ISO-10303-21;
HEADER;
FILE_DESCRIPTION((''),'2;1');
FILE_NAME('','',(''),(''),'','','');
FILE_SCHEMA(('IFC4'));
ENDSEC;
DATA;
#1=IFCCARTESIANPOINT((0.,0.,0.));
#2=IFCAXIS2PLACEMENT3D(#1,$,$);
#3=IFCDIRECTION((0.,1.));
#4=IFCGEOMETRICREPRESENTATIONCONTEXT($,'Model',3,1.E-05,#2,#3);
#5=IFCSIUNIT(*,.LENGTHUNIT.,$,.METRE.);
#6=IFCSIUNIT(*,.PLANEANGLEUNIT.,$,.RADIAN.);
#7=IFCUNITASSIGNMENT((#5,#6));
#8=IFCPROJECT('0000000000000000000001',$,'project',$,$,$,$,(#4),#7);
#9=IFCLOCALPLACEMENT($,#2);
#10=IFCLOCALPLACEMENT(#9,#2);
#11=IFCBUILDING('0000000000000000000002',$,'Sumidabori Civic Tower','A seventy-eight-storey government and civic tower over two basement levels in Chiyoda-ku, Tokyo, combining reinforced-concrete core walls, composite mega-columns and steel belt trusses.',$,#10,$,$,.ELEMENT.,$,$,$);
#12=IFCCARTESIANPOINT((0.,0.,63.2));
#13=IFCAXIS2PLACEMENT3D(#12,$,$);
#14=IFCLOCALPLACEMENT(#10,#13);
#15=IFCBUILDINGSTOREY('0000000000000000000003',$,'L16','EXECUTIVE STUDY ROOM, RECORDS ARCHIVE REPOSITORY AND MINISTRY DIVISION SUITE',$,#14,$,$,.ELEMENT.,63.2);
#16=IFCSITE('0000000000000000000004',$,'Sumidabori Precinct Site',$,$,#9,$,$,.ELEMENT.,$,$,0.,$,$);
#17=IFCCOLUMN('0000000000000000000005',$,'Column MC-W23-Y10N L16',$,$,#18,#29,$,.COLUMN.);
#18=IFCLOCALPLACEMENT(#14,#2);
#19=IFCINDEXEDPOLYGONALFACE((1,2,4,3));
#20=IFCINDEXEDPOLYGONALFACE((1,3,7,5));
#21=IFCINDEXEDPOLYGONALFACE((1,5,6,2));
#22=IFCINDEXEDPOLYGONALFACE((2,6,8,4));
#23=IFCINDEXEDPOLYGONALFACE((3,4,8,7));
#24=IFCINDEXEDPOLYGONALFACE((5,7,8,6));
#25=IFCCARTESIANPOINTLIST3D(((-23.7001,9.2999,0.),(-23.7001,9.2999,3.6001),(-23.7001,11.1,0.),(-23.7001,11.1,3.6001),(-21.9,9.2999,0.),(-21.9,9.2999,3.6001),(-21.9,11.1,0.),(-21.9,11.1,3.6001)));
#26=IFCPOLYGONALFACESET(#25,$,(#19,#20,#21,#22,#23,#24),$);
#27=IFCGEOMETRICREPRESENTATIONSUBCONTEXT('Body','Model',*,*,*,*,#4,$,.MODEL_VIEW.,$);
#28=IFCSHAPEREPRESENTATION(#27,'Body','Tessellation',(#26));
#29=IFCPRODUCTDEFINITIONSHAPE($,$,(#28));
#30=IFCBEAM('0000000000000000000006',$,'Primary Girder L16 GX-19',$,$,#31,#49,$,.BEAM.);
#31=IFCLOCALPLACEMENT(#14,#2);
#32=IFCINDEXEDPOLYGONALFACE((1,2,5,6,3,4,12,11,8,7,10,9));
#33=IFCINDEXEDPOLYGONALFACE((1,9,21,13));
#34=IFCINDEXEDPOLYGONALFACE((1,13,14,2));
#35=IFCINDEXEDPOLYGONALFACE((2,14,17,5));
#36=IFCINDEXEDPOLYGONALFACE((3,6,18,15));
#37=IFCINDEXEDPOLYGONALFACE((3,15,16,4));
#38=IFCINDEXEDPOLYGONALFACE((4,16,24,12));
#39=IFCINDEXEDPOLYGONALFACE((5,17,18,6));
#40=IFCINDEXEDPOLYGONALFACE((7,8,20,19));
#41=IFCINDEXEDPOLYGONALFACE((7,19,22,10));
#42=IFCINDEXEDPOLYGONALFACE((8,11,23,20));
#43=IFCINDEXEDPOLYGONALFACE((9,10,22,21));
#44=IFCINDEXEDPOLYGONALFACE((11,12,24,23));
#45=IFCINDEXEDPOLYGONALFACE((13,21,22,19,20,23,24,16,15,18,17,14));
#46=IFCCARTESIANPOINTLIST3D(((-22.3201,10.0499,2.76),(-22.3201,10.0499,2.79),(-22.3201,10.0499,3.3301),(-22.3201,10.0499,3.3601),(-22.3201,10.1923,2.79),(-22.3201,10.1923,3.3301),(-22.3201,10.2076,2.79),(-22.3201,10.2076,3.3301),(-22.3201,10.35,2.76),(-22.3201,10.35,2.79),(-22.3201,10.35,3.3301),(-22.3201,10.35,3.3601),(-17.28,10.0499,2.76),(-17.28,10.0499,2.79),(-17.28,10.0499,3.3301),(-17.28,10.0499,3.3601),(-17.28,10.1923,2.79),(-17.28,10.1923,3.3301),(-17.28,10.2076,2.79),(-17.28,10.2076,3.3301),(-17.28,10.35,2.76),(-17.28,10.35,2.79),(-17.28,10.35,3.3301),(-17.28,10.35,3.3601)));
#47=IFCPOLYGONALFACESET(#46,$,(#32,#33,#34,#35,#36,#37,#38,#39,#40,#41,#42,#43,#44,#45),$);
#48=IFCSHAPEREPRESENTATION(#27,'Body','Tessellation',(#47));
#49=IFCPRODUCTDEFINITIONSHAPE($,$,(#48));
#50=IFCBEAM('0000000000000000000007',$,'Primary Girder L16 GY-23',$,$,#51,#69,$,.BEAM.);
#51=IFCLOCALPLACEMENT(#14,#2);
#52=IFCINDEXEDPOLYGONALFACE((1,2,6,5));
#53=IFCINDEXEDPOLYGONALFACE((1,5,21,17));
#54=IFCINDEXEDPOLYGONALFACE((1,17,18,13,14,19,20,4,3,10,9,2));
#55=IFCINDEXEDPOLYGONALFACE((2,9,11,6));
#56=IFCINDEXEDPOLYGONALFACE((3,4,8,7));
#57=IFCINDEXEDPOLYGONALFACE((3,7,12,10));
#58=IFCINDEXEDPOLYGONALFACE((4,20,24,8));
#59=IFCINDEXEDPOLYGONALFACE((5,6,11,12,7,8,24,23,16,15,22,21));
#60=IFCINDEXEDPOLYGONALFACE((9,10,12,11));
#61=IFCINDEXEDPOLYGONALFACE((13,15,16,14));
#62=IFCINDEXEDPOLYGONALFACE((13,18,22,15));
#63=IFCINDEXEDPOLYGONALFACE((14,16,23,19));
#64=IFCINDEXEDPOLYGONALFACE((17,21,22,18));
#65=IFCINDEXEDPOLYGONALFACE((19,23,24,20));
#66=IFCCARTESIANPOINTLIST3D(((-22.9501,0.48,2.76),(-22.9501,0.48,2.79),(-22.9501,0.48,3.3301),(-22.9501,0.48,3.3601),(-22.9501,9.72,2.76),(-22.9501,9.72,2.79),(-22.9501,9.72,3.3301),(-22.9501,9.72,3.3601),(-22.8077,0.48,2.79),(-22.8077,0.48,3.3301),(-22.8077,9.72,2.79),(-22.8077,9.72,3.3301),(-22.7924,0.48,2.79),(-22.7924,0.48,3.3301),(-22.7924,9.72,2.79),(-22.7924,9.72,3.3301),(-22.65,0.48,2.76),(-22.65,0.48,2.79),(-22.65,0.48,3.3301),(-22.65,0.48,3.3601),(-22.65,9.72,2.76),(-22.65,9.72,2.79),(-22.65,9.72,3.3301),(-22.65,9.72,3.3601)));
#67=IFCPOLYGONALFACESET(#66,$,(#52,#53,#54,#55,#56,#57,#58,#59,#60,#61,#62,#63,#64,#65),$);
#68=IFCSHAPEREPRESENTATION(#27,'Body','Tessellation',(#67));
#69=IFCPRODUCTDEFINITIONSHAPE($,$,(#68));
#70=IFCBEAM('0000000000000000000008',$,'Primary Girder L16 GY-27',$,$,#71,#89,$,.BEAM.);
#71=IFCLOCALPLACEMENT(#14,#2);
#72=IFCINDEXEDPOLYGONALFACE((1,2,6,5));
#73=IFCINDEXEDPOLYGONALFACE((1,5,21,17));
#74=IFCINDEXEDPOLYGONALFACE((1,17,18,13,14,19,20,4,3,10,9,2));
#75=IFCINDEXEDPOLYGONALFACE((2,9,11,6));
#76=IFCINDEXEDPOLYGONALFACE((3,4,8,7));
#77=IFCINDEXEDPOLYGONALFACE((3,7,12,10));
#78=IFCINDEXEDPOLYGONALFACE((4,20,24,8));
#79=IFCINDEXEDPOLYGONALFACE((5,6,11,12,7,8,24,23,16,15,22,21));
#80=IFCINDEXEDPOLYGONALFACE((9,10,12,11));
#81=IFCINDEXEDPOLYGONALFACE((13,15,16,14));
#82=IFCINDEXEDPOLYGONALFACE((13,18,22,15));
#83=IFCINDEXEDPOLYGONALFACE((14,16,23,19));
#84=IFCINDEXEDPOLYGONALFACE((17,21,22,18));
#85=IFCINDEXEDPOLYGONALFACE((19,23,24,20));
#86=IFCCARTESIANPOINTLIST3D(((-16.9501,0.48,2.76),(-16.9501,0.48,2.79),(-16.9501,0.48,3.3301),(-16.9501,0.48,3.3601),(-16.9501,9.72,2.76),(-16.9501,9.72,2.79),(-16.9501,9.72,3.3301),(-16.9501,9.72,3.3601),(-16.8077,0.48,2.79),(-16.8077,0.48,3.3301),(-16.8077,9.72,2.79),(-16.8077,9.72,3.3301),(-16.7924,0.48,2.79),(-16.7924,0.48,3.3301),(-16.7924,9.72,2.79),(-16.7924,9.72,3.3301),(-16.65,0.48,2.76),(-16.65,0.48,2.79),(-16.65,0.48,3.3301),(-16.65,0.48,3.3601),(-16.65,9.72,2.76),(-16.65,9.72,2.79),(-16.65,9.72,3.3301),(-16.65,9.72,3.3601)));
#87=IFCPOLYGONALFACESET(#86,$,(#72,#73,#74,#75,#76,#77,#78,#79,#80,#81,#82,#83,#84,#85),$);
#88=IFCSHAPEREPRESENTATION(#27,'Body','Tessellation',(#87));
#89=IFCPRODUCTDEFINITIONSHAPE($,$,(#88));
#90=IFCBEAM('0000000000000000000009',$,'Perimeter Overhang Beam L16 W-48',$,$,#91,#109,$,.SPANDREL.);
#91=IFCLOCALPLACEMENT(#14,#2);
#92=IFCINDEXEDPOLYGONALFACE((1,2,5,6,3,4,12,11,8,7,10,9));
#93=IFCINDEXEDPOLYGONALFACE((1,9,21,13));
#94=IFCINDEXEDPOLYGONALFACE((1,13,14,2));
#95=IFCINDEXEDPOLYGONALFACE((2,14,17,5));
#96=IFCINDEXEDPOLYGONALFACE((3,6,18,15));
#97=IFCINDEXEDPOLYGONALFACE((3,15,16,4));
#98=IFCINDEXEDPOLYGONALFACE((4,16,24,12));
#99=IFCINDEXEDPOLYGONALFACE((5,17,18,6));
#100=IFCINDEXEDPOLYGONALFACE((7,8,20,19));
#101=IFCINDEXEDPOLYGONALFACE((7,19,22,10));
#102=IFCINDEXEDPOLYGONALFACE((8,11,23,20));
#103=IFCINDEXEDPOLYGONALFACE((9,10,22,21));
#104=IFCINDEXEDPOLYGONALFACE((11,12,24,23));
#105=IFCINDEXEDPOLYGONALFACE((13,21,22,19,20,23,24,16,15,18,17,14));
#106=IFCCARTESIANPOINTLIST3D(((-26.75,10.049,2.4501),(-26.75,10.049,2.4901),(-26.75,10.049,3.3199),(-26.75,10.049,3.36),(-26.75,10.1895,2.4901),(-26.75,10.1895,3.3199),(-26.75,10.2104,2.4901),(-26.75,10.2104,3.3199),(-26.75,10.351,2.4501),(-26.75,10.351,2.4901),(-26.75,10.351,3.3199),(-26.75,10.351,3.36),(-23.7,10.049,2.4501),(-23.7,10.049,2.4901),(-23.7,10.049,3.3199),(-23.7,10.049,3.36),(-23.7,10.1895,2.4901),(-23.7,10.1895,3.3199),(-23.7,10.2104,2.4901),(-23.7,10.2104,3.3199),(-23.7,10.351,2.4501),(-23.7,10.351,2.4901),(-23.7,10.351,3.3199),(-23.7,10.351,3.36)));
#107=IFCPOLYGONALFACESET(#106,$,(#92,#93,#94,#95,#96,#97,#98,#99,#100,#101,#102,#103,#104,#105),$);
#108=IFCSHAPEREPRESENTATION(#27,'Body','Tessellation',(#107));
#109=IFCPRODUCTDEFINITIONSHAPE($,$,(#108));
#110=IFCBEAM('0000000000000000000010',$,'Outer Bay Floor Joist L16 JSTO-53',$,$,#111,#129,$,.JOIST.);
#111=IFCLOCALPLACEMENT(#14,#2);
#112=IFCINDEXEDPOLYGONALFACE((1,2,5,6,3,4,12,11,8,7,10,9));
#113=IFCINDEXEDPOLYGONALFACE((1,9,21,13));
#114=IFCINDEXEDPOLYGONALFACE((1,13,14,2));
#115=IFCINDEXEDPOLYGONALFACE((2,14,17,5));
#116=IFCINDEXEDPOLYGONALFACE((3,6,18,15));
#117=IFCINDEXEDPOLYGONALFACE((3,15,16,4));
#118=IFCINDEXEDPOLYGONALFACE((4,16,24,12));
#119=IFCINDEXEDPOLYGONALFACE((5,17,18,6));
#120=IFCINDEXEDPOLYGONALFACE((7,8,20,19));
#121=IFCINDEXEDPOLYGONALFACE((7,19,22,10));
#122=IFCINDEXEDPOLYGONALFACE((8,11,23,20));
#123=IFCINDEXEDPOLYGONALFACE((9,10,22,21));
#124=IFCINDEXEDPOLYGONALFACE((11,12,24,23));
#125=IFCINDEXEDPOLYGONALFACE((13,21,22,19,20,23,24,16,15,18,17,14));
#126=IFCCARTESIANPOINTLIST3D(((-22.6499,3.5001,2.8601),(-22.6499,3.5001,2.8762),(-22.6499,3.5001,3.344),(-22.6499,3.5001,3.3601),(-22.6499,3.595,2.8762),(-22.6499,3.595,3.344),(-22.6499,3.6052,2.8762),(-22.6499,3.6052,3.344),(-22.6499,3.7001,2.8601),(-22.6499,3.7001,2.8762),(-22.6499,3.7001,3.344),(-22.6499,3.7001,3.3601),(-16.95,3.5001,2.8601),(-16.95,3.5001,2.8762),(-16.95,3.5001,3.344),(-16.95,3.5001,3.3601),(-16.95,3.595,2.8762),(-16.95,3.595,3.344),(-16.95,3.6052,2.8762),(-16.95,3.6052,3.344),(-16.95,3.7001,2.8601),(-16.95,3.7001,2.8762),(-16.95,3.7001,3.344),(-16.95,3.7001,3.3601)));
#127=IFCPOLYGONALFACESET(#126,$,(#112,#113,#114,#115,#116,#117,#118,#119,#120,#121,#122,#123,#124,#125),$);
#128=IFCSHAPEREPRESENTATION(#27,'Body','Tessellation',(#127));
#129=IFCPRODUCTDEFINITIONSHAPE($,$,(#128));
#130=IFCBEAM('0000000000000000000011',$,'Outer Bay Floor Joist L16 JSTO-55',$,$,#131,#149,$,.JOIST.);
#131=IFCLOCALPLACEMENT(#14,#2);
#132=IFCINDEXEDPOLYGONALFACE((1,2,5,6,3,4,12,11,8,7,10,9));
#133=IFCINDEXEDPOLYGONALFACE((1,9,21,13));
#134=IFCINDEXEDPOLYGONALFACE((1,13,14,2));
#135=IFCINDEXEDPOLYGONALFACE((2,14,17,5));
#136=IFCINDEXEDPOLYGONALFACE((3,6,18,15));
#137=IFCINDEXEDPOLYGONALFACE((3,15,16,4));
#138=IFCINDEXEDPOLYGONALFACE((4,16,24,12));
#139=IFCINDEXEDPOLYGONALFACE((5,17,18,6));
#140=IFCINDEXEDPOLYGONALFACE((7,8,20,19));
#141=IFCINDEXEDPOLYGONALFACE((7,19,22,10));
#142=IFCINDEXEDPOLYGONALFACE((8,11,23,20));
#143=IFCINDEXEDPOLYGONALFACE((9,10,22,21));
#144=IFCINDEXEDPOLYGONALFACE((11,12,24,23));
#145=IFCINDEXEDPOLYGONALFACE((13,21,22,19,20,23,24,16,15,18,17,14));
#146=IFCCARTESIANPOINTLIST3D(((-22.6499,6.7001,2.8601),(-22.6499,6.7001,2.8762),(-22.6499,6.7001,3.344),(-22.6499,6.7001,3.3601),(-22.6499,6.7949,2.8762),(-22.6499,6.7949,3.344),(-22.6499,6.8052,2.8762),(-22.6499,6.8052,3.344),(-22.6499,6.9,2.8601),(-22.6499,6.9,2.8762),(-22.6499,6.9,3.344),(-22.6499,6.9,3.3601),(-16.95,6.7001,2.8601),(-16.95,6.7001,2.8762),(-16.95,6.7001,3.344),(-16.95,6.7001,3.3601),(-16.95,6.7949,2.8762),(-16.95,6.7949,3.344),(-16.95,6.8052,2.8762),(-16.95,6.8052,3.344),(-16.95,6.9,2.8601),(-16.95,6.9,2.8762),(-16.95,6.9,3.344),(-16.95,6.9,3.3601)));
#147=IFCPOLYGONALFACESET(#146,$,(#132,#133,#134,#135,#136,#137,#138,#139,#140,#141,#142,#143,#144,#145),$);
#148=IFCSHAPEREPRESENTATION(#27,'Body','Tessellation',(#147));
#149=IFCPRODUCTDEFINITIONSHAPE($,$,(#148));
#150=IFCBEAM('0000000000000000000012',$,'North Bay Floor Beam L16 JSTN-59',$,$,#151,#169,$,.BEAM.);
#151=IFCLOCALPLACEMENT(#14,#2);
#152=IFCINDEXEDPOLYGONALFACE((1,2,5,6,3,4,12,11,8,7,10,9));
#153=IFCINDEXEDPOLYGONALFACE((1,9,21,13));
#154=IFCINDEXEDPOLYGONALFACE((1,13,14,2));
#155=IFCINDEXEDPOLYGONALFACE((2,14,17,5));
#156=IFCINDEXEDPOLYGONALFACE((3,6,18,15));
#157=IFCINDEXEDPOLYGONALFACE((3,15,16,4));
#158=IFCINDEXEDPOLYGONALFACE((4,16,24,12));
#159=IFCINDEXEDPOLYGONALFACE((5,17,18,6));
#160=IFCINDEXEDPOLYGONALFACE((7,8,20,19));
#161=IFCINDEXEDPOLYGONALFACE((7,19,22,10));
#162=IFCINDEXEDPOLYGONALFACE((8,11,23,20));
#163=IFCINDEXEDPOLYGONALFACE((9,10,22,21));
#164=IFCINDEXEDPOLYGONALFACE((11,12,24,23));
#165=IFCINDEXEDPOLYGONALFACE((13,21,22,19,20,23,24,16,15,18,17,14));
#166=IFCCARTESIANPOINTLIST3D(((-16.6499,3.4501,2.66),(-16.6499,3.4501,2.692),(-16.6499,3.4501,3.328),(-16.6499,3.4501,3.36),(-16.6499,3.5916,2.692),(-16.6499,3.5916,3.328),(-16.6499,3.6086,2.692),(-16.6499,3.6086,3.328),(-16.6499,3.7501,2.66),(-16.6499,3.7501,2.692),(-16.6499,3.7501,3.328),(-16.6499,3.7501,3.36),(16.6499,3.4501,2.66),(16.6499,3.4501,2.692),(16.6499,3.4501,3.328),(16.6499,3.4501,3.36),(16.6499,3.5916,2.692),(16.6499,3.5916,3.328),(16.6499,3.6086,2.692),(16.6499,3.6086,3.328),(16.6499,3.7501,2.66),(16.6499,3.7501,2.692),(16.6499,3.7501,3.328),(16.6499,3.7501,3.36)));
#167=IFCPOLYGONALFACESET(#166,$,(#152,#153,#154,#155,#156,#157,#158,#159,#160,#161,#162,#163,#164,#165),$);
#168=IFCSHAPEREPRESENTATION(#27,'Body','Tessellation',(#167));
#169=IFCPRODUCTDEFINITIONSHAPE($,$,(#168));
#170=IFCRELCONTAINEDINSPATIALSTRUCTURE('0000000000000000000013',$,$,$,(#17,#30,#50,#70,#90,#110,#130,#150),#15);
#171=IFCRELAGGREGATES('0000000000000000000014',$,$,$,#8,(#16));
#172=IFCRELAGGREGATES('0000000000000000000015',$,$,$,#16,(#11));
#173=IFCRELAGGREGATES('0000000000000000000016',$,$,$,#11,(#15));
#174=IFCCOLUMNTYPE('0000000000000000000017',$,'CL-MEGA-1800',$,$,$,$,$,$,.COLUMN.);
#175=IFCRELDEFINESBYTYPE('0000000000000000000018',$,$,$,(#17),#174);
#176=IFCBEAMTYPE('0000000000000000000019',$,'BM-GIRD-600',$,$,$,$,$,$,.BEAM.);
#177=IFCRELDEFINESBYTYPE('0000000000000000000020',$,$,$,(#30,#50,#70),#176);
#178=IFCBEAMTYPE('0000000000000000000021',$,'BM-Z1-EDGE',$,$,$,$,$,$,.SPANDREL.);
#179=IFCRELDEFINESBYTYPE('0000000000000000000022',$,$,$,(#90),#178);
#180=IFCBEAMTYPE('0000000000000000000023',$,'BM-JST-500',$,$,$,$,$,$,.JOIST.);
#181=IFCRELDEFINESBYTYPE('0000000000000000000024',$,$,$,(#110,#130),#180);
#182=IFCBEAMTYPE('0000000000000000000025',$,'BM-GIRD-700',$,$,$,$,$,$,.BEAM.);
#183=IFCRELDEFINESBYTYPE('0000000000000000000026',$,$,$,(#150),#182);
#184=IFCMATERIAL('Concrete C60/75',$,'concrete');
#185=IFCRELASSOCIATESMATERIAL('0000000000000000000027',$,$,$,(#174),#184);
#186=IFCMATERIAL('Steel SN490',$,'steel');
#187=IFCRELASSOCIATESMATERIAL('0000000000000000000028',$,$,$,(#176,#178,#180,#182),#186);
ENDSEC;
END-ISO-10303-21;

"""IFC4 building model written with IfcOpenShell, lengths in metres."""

from ifc_helpers import new_model, si_unit, direction, frame, origin, origin_2d, place, context, subcontext, project, spatial, rectangle, i_section, extrude, source, transform, mapped, material, material_profile, profile_set, type_object, element, save


model = new_model("IFC4")

# Units and contexts
model_context = context("Model", 3, precision=1e-05, world=origin(), true_north=direction((0.0, 1.0)))
body_context = subcontext(model_context, "Body", "Model", "MODEL_VIEW")
ifc_project = project(units=[si_unit("LENGTHUNIT", "METRE"), si_unit("PLANEANGLEUNIT", "RADIAN")], contexts=[model_context])

# Site, building, storey
site_placement = place(None, origin())
site = spatial("IfcSite", under=ifc_project, at=site_placement, Name="Sumidabori Precinct Site", CompositionType="ELEMENT", RefElevation=0.0)
building_placement = place(site_placement, origin())
building = spatial("IfcBuilding", under=site, at=building_placement, Name="Sumidabori Civic Tower", Description="A seventy-eight-storey government and civic tower over two basement levels in Chiyoda-ku, Tokyo, combining reinforced-concrete core walls, composite mega-columns and steel belt trusses.", CompositionType="ELEMENT")
storey_placement = place(building_placement, frame((0.0, 0.0, 63.2)))
storey = spatial("IfcBuildingStorey", under=building, at=storey_placement, Name="L16", Description="EXECUTIVE STUDY ROOM, RECORDS ARCHIVE REPOSITORY AND MINISTRY DIVISION SUITE", CompositionType="ELEMENT", Elevation=63.2)

# Column
ifc_material_1 = material(Name="Concrete C60/75", Category="concrete")
ifc_material_profile_1 = material_profile(ifc_material_1, rectangle(XDim=1.8, YDim=1.8, at=origin_2d()), Name="RC 1800x1800")
ifc_profile_set_1 = profile_set([ifc_material_profile_1], Name="Concrete C60/75")
column_type = type_object("IfcColumnType", Name="CL-MEGA-1800", PredefinedType="COLUMN", material=ifc_profile_set_1)
shared_shape_1 = source(origin(), body_context, "Body", "SweptSolid", [
    extrude(rectangle(XDim=1.8, YDim=1.8, at=origin_2d()), origin(), (0.0, 0.0, 1.0), 3.6001),
])
column_placement = place(storey_placement, frame((-22.8, 10.2, 0.0), z_axis=(0.0, 0.0, 1.0), x_axis=(1.0, 0.0, 0.0)))
element("IfcColumn", 1, at=column_placement, inside=storey, type_object=column_type, Name="Column MC-W23-Y10N L16", PredefinedType="COLUMN", context=body_context, shape_type="MappedRepresentation", body=[
    mapped(shared_shape_1, transform((0.0, 0.0, 0.0), x_axis=(1.0, 0.0, 0.0), y_axis=(0.0, 1.0, 0.0), z_axis=(0.0, 0.0, 1.0), scale=1.0)),
])

# Beams
ifc_material_2 = material(Name="Steel SN490", Category="steel")
ifc_material_profile_2 = material_profile(ifc_material_2, i_section(OverallWidth=0.3, OverallDepth=0.6001, WebThickness=0.0154, FlangeThickness=0.03, at=origin_2d()), Name="HE 600 B")
ifc_profile_set_2 = profile_set([ifc_material_profile_2], Name="Steel SN490")
beam_type_1 = type_object("IfcBeamType", Name="BM-GIRD-600", PredefinedType="BEAM", material=ifc_profile_set_2)
shared_shape_2 = source(origin(), body_context, "Body", "SweptSolid", [
    extrude(i_section(OverallWidth=0.3, OverallDepth=0.6001, WebThickness=0.0154, FlangeThickness=0.03, at=origin_2d()), origin(), (0.0, 0.0, 1.0), 5.04),
])
beam_1_placement = place(storey_placement, frame((-22.3201, 10.2, 3.0601), z_axis=(1.0, 0.0, 0.0), x_axis=(0.0, 1.0, 0.0)))
element("IfcBeam", 2, at=beam_1_placement, inside=storey, type_object=beam_type_1, Name="Primary Girder L16 GX-19", PredefinedType="BEAM", context=body_context, shape_type="MappedRepresentation", body=[
    mapped(shared_shape_2, transform((0.0, 0.0, 0.0), x_axis=(1.0, 0.0, 0.0), y_axis=(0.0, 1.0, 0.0), z_axis=(0.0, 0.0, 1.0), scale=1.0)),
])
shared_shape_3 = source(origin(), body_context, "Body", "SweptSolid", [
    extrude(i_section(OverallWidth=0.3, OverallDepth=0.6001, WebThickness=0.0154, FlangeThickness=0.03, at=origin_2d()), origin(), (0.0, 0.0, 1.0), 9.24),
])
for number, where, z_axis, x_axis, name in (
    (3, (-22.8, 0.48, 3.0601), (0.0, 1.0, 0.0), (-1.0, 0.0, 0.0), "Primary Girder L16 GY-23"),
    (4, (-16.8, 0.48, 3.0601), (0.0, 1.0, 0.0), (-1.0, 0.0, 0.0), "Primary Girder L16 GY-27"),
):
    element("IfcBeam", number, at=place(storey_placement, frame(where, z_axis=z_axis, x_axis=x_axis)), inside=storey, type_object=beam_type_1, Name=name, PredefinedType="BEAM", context=body_context, shape_type="MappedRepresentation", body=[
        mapped(shared_shape_3, transform((0.0, 0.0, 0.0), x_axis=(1.0, 0.0, 0.0), y_axis=(0.0, 1.0, 0.0), z_axis=(0.0, 0.0, 1.0), scale=1.0)),
    ])
ifc_material_profile_3 = material_profile(ifc_material_2, i_section(OverallWidth=0.302, OverallDepth=0.9099, WebThickness=0.021, FlangeThickness=0.04, at=origin_2d()), Name="HE 900 M")
ifc_profile_set_3 = profile_set([ifc_material_profile_3], Name="Steel SN490")
beam_type_2 = type_object("IfcBeamType", Name="BM-Z1-EDGE", PredefinedType="SPANDREL", material=ifc_profile_set_3)
shared_shape_4 = source(origin(), body_context, "Body", "SweptSolid", [
    extrude(i_section(OverallWidth=0.302, OverallDepth=0.9099, WebThickness=0.021, FlangeThickness=0.04, at=origin_2d()), origin(), (0.0, 0.0, 1.0), 3.05),
])
beam_2_placement = place(storey_placement, frame((-26.75, 10.2, 2.905), z_axis=(1.0, 0.0, 0.0), x_axis=(0.0, 1.0, 0.0)))
element("IfcBeam", 5, at=beam_2_placement, inside=storey, type_object=beam_type_2, Name="Perimeter Overhang Beam L16 W-48", PredefinedType="SPANDREL", context=body_context, shape_type="MappedRepresentation", body=[
    mapped(shared_shape_4, transform((0.0, 0.0, 0.0), x_axis=(1.0, 0.0, 0.0), y_axis=(0.0, 1.0, 0.0), z_axis=(0.0, 0.0, 1.0), scale=1.0)),
])
ifc_material_profile_4 = material_profile(ifc_material_2, i_section(OverallWidth=0.2, OverallDepth=0.5, WebThickness=0.0103, FlangeThickness=0.0161, at=origin_2d()), Name="IPE 500")
ifc_profile_set_4 = profile_set([ifc_material_profile_4], Name="Steel SN490")
beam_type_3 = type_object("IfcBeamType", Name="BM-JST-500", PredefinedType="JOIST", material=ifc_profile_set_4)
shared_shape_5 = source(origin(), body_context, "Body", "SweptSolid", [
    extrude(i_section(OverallWidth=0.2, OverallDepth=0.5, WebThickness=0.0103, FlangeThickness=0.0161, at=origin_2d()), origin(), (0.0, 0.0, 1.0), 5.7),
])
for number, where, z_axis, x_axis, name in (
    (6, (-22.6499, 3.6001, 3.1101), (1.0, 0.0, 0.0), (0.0, 1.0, 0.0), "Outer Bay Floor Joist L16 JSTO-53"),
    (7, (-22.6499, 6.8, 3.1101), (1.0, 0.0, 0.0), (0.0, 1.0, 0.0), "Outer Bay Floor Joist L16 JSTO-55"),
):
    element("IfcBeam", number, at=place(storey_placement, frame(where, z_axis=z_axis, x_axis=x_axis)), inside=storey, type_object=beam_type_3, Name=name, PredefinedType="JOIST", context=body_context, shape_type="MappedRepresentation", body=[
        mapped(shared_shape_5, transform((0.0, 0.0, 0.0), x_axis=(1.0, 0.0, 0.0), y_axis=(0.0, 1.0, 0.0), z_axis=(0.0, 0.0, 1.0), scale=1.0)),
    ])
ifc_material_profile_5 = material_profile(ifc_material_2, i_section(OverallWidth=0.3, OverallDepth=0.7, WebThickness=0.0171, FlangeThickness=0.032, at=origin_2d()), Name="HE 700 B")
ifc_profile_set_5 = profile_set([ifc_material_profile_5], Name="Steel SN490")
beam_type_4 = type_object("IfcBeamType", Name="BM-GIRD-700", PredefinedType="BEAM", material=ifc_profile_set_5)
shared_shape_6 = source(origin(), body_context, "Body", "SweptSolid", [
    extrude(i_section(OverallWidth=0.3, OverallDepth=0.7, WebThickness=0.0171, FlangeThickness=0.032, at=origin_2d()), origin(), (0.0, 0.0, 1.0), 33.2998),
])
for number, where, z_axis, x_axis, name in (
    (8, (-16.6499, 3.6001, 3.01), (1.0, 0.0, 0.0), (0.0, 1.0, 0.0), "North Bay Floor Beam L16 JSTN-59"),
):
    element("IfcBeam", number, at=place(storey_placement, frame(where, z_axis=z_axis, x_axis=x_axis)), inside=storey, type_object=beam_type_4, Name=name, PredefinedType="BEAM", context=body_context, shape_type="MappedRepresentation", body=[
        mapped(shared_shape_6, transform((0.0, 0.0, 0.0), x_axis=(1.0, 0.0, 0.0), y_axis=(0.0, 1.0, 0.0), z_axis=(0.0, 0.0, 1.0), scale=1.0)),
    ])

save(model, "model.ifc")
